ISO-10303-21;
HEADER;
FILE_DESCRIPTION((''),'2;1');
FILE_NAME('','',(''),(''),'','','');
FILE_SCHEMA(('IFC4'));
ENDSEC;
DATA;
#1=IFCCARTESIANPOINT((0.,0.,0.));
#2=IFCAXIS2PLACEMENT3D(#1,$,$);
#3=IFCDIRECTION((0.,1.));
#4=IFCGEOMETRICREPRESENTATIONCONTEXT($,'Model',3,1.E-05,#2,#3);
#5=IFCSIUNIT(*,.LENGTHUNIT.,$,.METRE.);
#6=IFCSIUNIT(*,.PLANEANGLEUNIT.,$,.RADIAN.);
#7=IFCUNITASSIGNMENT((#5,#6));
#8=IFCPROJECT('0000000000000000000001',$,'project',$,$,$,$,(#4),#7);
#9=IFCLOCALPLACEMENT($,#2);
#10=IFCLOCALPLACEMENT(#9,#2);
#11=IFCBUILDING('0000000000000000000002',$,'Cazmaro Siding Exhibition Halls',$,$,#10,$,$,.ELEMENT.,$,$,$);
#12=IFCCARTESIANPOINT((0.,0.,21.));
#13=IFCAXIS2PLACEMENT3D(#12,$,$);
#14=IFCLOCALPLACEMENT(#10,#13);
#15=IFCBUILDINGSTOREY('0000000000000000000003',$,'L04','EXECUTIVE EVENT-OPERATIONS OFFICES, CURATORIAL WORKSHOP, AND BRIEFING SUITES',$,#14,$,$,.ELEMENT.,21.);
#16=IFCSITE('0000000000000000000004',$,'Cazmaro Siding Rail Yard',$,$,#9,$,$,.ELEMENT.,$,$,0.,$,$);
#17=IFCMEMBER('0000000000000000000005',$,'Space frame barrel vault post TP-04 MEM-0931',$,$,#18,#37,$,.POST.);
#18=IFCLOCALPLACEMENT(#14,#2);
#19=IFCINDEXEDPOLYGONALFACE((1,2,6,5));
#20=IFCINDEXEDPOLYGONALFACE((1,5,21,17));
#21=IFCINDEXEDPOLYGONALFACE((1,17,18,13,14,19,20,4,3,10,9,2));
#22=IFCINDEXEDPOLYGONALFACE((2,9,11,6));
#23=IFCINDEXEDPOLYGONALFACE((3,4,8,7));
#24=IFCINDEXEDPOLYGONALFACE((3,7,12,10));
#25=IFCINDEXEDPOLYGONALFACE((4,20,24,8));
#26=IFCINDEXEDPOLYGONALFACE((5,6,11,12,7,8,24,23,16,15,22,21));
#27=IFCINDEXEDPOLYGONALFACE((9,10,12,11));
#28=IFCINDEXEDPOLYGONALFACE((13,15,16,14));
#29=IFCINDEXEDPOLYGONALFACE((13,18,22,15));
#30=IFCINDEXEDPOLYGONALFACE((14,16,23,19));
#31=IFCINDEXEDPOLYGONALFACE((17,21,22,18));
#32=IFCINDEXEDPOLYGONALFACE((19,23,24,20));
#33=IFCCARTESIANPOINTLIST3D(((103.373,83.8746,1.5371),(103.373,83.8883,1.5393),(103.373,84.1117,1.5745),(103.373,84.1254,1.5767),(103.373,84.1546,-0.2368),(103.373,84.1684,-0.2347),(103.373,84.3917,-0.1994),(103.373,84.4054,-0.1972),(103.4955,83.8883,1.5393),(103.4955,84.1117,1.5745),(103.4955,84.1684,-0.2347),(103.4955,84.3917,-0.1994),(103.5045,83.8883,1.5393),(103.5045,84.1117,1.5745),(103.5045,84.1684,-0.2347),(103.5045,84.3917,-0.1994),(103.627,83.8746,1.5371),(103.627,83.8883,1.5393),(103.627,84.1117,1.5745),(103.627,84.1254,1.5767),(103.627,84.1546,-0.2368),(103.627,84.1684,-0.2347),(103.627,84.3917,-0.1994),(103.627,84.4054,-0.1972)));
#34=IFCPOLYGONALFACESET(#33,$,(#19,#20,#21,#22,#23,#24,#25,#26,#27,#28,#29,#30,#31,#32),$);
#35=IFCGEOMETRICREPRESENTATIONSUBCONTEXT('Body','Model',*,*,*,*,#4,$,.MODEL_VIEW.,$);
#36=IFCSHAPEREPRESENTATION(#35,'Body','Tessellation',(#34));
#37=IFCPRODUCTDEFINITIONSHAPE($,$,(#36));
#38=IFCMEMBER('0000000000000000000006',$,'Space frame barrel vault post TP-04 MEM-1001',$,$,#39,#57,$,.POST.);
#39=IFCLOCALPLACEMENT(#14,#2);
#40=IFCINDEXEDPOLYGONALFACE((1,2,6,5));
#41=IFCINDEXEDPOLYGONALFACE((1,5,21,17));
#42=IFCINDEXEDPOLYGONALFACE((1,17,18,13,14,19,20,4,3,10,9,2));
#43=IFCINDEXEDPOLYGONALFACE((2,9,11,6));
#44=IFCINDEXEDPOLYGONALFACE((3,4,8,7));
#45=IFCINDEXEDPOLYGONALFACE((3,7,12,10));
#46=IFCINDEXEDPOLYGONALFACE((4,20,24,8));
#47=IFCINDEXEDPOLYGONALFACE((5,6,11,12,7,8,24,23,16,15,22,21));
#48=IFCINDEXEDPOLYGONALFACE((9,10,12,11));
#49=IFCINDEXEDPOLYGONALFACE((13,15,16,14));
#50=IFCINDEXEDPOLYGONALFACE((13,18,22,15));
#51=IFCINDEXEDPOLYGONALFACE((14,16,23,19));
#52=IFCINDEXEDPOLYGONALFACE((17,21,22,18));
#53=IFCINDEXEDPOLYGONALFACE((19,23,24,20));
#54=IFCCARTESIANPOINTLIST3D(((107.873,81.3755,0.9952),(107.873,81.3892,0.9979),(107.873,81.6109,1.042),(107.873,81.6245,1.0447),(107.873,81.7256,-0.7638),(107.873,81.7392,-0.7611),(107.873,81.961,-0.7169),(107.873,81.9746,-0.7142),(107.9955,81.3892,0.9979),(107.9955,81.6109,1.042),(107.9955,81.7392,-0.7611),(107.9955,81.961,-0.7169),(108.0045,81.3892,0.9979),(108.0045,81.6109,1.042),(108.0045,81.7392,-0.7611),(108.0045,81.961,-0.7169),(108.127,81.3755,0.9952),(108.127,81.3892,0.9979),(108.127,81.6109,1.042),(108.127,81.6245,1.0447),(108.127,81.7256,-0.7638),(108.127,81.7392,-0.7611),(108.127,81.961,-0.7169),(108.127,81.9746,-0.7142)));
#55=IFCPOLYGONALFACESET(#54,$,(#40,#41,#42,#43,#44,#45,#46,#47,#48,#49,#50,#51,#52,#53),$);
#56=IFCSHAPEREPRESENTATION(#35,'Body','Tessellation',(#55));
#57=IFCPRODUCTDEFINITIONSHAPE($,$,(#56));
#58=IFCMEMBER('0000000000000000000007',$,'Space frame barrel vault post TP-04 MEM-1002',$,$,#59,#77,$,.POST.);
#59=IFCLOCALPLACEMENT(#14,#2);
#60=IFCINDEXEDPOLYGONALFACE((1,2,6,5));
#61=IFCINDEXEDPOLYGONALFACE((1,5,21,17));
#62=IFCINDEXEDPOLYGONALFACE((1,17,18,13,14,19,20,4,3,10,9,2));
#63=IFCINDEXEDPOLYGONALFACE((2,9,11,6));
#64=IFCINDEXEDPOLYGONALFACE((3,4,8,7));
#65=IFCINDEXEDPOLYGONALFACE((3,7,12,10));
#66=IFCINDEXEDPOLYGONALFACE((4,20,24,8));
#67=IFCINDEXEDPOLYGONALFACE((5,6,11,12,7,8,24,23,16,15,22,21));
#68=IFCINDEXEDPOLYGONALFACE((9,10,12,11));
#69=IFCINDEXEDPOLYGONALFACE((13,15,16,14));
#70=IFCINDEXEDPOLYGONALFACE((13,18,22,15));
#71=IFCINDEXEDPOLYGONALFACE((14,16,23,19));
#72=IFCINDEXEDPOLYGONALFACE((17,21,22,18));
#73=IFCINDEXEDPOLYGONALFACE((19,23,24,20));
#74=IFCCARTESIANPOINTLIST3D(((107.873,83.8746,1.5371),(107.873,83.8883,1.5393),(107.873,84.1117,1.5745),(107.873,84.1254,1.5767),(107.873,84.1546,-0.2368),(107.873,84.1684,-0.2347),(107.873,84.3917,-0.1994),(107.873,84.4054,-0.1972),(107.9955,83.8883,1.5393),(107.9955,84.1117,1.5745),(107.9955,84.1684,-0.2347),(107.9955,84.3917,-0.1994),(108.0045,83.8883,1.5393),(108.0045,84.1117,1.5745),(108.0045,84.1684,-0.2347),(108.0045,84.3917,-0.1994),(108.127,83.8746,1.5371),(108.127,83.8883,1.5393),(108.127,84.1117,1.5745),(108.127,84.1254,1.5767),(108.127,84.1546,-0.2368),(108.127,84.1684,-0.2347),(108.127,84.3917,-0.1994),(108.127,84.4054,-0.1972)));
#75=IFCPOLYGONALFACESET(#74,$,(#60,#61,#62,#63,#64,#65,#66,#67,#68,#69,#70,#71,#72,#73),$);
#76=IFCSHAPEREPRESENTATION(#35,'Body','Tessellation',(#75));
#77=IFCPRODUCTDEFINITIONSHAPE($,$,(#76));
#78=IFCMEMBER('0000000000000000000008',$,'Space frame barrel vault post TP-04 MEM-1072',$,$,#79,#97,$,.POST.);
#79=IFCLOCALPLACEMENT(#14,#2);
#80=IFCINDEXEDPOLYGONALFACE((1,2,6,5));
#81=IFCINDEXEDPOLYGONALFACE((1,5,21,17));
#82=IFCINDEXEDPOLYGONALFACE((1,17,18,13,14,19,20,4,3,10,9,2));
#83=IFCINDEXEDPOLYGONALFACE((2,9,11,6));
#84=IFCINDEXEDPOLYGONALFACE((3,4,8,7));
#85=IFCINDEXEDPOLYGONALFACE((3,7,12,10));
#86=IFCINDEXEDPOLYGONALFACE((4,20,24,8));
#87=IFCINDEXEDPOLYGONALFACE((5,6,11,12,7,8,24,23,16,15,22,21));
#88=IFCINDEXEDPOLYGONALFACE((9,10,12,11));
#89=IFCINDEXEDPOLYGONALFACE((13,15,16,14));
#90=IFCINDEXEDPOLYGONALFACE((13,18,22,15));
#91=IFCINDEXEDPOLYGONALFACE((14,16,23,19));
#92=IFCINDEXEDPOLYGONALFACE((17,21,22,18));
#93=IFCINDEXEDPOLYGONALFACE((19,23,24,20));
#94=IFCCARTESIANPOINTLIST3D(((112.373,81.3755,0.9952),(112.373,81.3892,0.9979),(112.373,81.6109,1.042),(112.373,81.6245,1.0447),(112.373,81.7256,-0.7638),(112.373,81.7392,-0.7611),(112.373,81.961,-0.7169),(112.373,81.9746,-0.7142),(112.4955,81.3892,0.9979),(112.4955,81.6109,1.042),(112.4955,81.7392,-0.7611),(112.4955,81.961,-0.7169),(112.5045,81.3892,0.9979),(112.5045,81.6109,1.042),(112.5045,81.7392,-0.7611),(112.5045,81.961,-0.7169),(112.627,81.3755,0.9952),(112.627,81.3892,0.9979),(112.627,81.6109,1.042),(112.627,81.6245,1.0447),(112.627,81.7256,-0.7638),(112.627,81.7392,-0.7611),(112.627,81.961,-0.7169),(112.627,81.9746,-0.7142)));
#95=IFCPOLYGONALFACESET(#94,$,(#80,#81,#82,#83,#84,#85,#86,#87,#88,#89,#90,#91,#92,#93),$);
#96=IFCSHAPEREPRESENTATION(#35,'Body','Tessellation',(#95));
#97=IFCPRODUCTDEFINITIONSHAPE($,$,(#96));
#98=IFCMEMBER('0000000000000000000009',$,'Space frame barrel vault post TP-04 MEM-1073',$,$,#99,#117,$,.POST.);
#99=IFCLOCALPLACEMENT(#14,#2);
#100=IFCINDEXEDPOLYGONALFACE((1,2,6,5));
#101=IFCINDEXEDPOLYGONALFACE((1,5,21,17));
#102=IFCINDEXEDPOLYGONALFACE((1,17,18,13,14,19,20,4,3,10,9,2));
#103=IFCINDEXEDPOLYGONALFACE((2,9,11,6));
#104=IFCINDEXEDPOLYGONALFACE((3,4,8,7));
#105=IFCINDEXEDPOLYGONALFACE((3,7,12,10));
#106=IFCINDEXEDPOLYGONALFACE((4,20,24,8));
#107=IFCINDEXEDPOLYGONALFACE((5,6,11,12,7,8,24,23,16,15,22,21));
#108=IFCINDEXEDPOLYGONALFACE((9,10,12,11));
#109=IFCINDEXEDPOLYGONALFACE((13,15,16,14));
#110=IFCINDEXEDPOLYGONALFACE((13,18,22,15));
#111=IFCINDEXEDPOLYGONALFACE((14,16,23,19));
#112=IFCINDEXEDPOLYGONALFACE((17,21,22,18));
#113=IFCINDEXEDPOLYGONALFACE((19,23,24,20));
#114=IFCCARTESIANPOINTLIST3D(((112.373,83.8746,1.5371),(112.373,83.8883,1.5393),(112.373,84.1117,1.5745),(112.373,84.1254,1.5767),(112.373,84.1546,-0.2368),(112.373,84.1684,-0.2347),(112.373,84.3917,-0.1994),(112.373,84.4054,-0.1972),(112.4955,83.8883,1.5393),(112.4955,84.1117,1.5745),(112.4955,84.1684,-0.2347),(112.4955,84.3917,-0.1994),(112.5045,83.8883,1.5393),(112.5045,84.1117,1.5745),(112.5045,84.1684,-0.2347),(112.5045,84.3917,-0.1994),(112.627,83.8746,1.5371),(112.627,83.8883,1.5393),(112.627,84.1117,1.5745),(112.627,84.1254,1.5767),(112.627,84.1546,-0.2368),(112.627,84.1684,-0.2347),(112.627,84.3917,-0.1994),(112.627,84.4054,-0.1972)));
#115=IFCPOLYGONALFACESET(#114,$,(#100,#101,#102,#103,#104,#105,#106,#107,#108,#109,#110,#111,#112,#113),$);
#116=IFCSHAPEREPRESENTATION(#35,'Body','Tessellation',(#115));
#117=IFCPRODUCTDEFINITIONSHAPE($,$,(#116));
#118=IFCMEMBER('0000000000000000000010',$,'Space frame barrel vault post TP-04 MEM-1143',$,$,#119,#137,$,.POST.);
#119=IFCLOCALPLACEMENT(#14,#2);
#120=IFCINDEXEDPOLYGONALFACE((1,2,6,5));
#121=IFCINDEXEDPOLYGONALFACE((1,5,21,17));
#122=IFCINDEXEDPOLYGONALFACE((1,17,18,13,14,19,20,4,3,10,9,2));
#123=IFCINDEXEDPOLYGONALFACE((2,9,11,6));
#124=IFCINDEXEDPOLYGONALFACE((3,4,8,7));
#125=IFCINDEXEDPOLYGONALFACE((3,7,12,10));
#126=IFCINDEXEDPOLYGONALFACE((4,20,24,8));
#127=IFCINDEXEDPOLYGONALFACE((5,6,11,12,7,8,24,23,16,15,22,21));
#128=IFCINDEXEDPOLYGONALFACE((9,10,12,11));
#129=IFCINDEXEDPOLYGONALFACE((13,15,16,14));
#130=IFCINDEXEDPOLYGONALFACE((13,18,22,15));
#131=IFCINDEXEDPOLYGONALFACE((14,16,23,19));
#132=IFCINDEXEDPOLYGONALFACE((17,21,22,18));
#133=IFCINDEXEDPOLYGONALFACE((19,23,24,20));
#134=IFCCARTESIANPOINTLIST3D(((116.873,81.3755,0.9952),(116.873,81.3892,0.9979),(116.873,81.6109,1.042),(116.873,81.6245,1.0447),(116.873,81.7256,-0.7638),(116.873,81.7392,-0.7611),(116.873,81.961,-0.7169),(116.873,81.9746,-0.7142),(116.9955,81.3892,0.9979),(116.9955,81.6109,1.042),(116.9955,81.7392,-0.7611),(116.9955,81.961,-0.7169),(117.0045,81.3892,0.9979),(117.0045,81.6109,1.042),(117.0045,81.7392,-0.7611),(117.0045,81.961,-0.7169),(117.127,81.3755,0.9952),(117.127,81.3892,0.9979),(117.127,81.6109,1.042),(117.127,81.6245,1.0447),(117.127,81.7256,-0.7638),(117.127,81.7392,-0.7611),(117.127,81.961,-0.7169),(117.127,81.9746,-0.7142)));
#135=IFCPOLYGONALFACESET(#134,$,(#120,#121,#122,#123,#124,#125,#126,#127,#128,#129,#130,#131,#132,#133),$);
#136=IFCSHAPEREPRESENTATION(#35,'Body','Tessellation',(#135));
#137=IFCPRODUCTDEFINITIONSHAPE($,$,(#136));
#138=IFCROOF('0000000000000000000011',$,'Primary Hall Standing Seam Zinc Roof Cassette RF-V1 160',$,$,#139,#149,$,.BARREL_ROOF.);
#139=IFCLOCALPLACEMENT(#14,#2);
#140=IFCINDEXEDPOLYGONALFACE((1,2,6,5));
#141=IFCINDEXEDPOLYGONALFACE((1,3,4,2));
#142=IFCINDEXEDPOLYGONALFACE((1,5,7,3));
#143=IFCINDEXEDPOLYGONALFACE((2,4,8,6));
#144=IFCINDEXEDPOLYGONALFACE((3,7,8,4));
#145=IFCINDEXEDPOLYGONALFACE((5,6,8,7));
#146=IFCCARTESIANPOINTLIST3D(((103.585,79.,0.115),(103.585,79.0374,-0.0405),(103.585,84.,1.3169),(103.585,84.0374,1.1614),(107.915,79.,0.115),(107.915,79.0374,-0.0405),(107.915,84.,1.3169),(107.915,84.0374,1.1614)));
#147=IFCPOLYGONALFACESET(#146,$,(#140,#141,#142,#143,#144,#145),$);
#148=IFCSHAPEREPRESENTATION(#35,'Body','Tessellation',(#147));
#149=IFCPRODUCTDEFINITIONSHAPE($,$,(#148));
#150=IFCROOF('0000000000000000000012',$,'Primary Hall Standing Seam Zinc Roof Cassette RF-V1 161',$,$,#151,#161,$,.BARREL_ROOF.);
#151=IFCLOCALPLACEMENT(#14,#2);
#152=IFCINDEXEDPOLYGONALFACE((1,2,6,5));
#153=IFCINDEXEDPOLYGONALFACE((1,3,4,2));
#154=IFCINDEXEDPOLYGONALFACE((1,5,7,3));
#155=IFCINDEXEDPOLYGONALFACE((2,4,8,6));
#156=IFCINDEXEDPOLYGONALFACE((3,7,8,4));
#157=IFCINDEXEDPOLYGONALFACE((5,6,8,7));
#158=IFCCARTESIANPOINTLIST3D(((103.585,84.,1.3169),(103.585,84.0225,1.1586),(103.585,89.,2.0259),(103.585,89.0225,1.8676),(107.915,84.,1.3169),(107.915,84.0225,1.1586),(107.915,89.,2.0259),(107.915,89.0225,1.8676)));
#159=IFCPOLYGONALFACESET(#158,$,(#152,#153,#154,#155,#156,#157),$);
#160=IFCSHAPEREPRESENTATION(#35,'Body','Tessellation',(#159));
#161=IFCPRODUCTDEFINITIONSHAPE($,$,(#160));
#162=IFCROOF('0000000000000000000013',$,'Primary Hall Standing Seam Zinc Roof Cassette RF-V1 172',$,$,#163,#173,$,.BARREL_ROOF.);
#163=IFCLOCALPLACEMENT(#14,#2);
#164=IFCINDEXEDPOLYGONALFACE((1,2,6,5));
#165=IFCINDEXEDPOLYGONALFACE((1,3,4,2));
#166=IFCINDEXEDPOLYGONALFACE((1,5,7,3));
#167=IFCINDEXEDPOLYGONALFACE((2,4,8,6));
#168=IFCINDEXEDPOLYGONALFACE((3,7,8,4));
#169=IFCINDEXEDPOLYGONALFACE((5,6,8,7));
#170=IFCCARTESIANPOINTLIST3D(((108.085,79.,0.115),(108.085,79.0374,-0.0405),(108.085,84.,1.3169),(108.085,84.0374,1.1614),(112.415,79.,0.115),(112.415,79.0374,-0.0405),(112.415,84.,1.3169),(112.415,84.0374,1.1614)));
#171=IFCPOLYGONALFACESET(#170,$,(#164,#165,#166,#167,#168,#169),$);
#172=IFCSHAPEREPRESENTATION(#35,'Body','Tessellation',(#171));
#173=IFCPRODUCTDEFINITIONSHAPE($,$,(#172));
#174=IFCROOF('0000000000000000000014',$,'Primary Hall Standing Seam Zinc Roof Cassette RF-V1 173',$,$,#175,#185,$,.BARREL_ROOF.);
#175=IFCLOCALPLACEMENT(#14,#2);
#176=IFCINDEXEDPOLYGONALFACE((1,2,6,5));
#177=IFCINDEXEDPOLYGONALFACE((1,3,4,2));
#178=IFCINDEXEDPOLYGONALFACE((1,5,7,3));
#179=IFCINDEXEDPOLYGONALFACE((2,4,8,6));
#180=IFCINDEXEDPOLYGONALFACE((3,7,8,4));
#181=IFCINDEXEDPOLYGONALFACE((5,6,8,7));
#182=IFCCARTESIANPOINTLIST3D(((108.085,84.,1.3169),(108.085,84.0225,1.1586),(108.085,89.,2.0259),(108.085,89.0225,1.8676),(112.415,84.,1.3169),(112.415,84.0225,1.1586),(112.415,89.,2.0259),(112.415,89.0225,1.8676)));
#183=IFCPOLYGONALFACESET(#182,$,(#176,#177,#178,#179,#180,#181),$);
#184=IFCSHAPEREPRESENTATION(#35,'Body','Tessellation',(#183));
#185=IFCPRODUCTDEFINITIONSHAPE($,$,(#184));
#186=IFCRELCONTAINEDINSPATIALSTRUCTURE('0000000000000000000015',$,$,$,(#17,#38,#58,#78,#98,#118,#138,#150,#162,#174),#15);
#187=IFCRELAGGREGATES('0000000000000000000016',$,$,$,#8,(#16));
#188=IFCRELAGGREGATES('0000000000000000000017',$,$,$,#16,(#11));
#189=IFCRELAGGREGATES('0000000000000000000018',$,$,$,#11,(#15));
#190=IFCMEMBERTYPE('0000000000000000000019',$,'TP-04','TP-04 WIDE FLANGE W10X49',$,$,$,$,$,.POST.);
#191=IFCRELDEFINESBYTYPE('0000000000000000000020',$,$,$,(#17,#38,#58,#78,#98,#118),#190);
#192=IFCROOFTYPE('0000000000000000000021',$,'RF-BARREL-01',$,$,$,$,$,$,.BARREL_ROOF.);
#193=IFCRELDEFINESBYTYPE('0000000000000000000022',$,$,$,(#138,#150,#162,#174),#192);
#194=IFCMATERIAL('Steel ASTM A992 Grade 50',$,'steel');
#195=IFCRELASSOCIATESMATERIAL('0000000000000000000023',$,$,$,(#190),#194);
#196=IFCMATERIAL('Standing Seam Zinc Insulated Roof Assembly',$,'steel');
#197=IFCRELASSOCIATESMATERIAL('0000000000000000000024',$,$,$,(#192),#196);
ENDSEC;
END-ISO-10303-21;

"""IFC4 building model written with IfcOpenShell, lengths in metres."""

from ifc_helpers import new_model, si_unit, direction, frame, origin, origin_2d, place, context, subcontext, project, spatial, polyline, i_section, outline, extrude, material, material_profile, profile_set, type_object, element, save


model = new_model("IFC4")

# Units and contexts
model_context = context("Model", 3, precision=1e-05, world=origin(), true_north=direction((0.0, 1.0)))
body_context = subcontext(model_context, "Body", "Model", "MODEL_VIEW")
ifc_project = project(units=[si_unit("LENGTHUNIT", "METRE"), si_unit("PLANEANGLEUNIT", "RADIAN")], contexts=[model_context])

# Site, building, storey
site_placement = place(None, origin())
site = spatial("IfcSite", under=ifc_project, at=site_placement, Name="Cazmaro Siding Rail Yard", CompositionType="ELEMENT", RefElevation=0.0)
building_placement = place(site_placement, origin())
building = spatial("IfcBuilding", under=site, at=building_placement, Name="Cazmaro Siding Exhibition Halls", CompositionType="ELEMENT")
storey_placement = place(building_placement, frame((0.0, 0.0, 21.0)))
storey = spatial("IfcBuildingStorey", under=building, at=storey_placement, Name="L04", Description="EXECUTIVE EVENT-OPERATIONS OFFICES, CURATORIAL WORKSHOP, AND BRIEFING SUITES", CompositionType="ELEMENT", Elevation=21.0)

# Members
ifc_material_1 = material(Name="Steel ASTM A992 Grade 50", Category="steel")
ifc_material_profile_1 = material_profile(ifc_material_1, i_section(OverallWidth=0.2539, OverallDepth=0.2539, WebThickness=0.009, FlangeThickness=0.0139, at=origin_2d()), Name="W10X49")
ifc_profile_set_1 = profile_set([ifc_material_profile_1], Name="Steel ASTM A992 Grade 50")
member_type_1 = type_object("IfcMemberType", Name="TP-04", Description="TP-04 WIDE FLANGE W10X49", PredefinedType="POST", material=ifc_profile_set_1)
member_1_placement = place(storey_placement, frame((103.5, 84.28, -0.217), z_axis=(0.0, -0.155928, 0.987768), x_axis=(1.0, 0.0, 0.0)))
element("IfcMember", 1, at=member_1_placement, inside=storey, type_object=member_type_1, Name="Space frame barrel vault post TP-04 MEM-0931", PredefinedType="POST", context=body_context, shape_type="SweptSolid", body=[
    extrude(i_section(OverallWidth=0.2539, OverallDepth=0.2539, WebThickness=0.009, FlangeThickness=0.0139, at=origin_2d()), origin(), (0.0, 0.0, 1.0), 1.7959),
])
member_2_placement = place(storey_placement, frame((108.0, 81.8501, -0.739), z_axis=(0.0, -0.1952, 0.980763), x_axis=(1.0, 0.0, 0.0)))
element("IfcMember", 2, at=member_2_placement, inside=storey, type_object=member_type_1, Name="Space frame barrel vault post TP-04 MEM-1001", PredefinedType="POST", context=body_context, shape_type="SweptSolid", body=[
    extrude(i_section(OverallWidth=0.2539, OverallDepth=0.2539, WebThickness=0.009, FlangeThickness=0.0139, at=origin_2d()), origin(), (0.0, 0.0, 1.0), 1.7935),
])
member_3_placement = place(storey_placement, frame((108.0, 84.28, -0.217), z_axis=(0.0, -0.155928, 0.987768), x_axis=(1.0, 0.0, 0.0)))
element("IfcMember", 3, at=member_3_placement, inside=storey, type_object=member_type_1, Name="Space frame barrel vault post TP-04 MEM-1002", PredefinedType="POST", context=body_context, shape_type="SweptSolid", body=[
    extrude(i_section(OverallWidth=0.2539, OverallDepth=0.2539, WebThickness=0.009, FlangeThickness=0.0139, at=origin_2d()), origin(), (0.0, 0.0, 1.0), 1.7959),
])
member_4_placement = place(storey_placement, frame((112.5, 81.8501, -0.739), z_axis=(0.0, -0.1952, 0.980763), x_axis=(1.0, 0.0, 0.0)))
element("IfcMember", 4, at=member_4_placement, inside=storey, type_object=member_type_1, Name="Space frame barrel vault post TP-04 MEM-1072", PredefinedType="POST", context=body_context, shape_type="SweptSolid", body=[
    extrude(i_section(OverallWidth=0.2539, OverallDepth=0.2539, WebThickness=0.009, FlangeThickness=0.0139, at=origin_2d()), origin(), (0.0, 0.0, 1.0), 1.7935),
])
member_5_placement = place(storey_placement, frame((112.5, 84.28, -0.217), z_axis=(0.0, -0.155928, 0.987768), x_axis=(1.0, 0.0, 0.0)))
element("IfcMember", 5, at=member_5_placement, inside=storey, type_object=member_type_1, Name="Space frame barrel vault post TP-04 MEM-1073", PredefinedType="POST", context=body_context, shape_type="SweptSolid", body=[
    extrude(i_section(OverallWidth=0.2539, OverallDepth=0.2539, WebThickness=0.009, FlangeThickness=0.0139, at=origin_2d()), origin(), (0.0, 0.0, 1.0), 1.7959),
])
member_6_placement = place(storey_placement, frame((117.0, 81.8501, -0.739), z_axis=(0.0, -0.1952, 0.980763), x_axis=(1.0, 0.0, 0.0)))
element("IfcMember", 6, at=member_6_placement, inside=storey, type_object=member_type_1, Name="Space frame barrel vault post TP-04 MEM-1143", PredefinedType="POST", context=body_context, shape_type="SweptSolid", body=[
    extrude(i_section(OverallWidth=0.2539, OverallDepth=0.2539, WebThickness=0.009, FlangeThickness=0.0139, at=origin_2d()), origin(), (0.0, 0.0, 1.0), 1.7935),
])

# Roofs
ifc_material_2 = material(Name="Standing Seam Zinc Insulated Roof Assembly", Category="steel")
roof_type = type_object("IfcRoofType", Name="RF-BARREL-01", PredefinedType="BARREL_ROOF", material=ifc_material_2)
roof_1_placement = place(storey_placement, frame((103.585, 79.0, 0.115), z_axis=(0.0, -0.233723, 0.972303), x_axis=(1.0, 0.0, 0.0)))
element("IfcRoof", 7, at=roof_1_placement, inside=storey, type_object=roof_type, Name="Primary Hall Standing Seam Zinc Roof Cassette RF-V1 160", PredefinedType="BARREL_ROOF", context=body_context, shape_type="SweptSolid", body=[
    extrude(outline(polyline([(0.0, 0.0), (4.3301, 0.0), (4.3301, 5.1424), (0.0, 5.1424), (0.0, 0.0)])), origin(), (0.0, 0.0, -1.0), 0.1599),
])
roof_2_placement = place(storey_placement, frame((103.585, 84.0, 1.3169), z_axis=(0.0, -0.140393, 0.990096), x_axis=(1.0, 0.0, 0.0)))
element("IfcRoof", 8, at=roof_2_placement, inside=storey, type_object=roof_type, Name="Primary Hall Standing Seam Zinc Roof Cassette RF-V1 161", PredefinedType="BARREL_ROOF", context=body_context, shape_type="SweptSolid", body=[
    extrude(outline(polyline([(0.0, 0.0), (4.3301, 0.0), (4.3301, 5.05), (0.0, 5.05), (0.0, 0.0)])), origin(), (0.0, 0.0, -1.0), 0.1599),
])
roof_3_placement = place(storey_placement, frame((108.085, 79.0, 0.115), z_axis=(0.0, -0.233723, 0.972303), x_axis=(1.0, 0.0, 0.0)))
element("IfcRoof", 9, at=roof_3_placement, inside=storey, type_object=roof_type, Name="Primary Hall Standing Seam Zinc Roof Cassette RF-V1 172", PredefinedType="BARREL_ROOF", context=body_context, shape_type="SweptSolid", body=[
    extrude(outline(polyline([(0.0, 0.0), (4.3301, 0.0), (4.3301, 5.1424), (0.0, 5.1424), (0.0, 0.0)])), origin(), (0.0, 0.0, -1.0), 0.1599),
])
roof_4_placement = place(storey_placement, frame((108.085, 84.0, 1.3169), z_axis=(0.0, -0.140393, 0.990096), x_axis=(1.0, 0.0, 0.0)))
element("IfcRoof", 10, at=roof_4_placement, inside=storey, type_object=roof_type, Name="Primary Hall Standing Seam Zinc Roof Cassette RF-V1 173", PredefinedType="BARREL_ROOF", context=body_context, shape_type="SweptSolid", body=[
    extrude(outline(polyline([(0.0, 0.0), (4.3301, 0.0), (4.3301, 5.05), (0.0, 5.05), (0.0, 0.0)])), origin(), (0.0, 0.0, -1.0), 0.1599),
])

save(model, "model.ifc")
